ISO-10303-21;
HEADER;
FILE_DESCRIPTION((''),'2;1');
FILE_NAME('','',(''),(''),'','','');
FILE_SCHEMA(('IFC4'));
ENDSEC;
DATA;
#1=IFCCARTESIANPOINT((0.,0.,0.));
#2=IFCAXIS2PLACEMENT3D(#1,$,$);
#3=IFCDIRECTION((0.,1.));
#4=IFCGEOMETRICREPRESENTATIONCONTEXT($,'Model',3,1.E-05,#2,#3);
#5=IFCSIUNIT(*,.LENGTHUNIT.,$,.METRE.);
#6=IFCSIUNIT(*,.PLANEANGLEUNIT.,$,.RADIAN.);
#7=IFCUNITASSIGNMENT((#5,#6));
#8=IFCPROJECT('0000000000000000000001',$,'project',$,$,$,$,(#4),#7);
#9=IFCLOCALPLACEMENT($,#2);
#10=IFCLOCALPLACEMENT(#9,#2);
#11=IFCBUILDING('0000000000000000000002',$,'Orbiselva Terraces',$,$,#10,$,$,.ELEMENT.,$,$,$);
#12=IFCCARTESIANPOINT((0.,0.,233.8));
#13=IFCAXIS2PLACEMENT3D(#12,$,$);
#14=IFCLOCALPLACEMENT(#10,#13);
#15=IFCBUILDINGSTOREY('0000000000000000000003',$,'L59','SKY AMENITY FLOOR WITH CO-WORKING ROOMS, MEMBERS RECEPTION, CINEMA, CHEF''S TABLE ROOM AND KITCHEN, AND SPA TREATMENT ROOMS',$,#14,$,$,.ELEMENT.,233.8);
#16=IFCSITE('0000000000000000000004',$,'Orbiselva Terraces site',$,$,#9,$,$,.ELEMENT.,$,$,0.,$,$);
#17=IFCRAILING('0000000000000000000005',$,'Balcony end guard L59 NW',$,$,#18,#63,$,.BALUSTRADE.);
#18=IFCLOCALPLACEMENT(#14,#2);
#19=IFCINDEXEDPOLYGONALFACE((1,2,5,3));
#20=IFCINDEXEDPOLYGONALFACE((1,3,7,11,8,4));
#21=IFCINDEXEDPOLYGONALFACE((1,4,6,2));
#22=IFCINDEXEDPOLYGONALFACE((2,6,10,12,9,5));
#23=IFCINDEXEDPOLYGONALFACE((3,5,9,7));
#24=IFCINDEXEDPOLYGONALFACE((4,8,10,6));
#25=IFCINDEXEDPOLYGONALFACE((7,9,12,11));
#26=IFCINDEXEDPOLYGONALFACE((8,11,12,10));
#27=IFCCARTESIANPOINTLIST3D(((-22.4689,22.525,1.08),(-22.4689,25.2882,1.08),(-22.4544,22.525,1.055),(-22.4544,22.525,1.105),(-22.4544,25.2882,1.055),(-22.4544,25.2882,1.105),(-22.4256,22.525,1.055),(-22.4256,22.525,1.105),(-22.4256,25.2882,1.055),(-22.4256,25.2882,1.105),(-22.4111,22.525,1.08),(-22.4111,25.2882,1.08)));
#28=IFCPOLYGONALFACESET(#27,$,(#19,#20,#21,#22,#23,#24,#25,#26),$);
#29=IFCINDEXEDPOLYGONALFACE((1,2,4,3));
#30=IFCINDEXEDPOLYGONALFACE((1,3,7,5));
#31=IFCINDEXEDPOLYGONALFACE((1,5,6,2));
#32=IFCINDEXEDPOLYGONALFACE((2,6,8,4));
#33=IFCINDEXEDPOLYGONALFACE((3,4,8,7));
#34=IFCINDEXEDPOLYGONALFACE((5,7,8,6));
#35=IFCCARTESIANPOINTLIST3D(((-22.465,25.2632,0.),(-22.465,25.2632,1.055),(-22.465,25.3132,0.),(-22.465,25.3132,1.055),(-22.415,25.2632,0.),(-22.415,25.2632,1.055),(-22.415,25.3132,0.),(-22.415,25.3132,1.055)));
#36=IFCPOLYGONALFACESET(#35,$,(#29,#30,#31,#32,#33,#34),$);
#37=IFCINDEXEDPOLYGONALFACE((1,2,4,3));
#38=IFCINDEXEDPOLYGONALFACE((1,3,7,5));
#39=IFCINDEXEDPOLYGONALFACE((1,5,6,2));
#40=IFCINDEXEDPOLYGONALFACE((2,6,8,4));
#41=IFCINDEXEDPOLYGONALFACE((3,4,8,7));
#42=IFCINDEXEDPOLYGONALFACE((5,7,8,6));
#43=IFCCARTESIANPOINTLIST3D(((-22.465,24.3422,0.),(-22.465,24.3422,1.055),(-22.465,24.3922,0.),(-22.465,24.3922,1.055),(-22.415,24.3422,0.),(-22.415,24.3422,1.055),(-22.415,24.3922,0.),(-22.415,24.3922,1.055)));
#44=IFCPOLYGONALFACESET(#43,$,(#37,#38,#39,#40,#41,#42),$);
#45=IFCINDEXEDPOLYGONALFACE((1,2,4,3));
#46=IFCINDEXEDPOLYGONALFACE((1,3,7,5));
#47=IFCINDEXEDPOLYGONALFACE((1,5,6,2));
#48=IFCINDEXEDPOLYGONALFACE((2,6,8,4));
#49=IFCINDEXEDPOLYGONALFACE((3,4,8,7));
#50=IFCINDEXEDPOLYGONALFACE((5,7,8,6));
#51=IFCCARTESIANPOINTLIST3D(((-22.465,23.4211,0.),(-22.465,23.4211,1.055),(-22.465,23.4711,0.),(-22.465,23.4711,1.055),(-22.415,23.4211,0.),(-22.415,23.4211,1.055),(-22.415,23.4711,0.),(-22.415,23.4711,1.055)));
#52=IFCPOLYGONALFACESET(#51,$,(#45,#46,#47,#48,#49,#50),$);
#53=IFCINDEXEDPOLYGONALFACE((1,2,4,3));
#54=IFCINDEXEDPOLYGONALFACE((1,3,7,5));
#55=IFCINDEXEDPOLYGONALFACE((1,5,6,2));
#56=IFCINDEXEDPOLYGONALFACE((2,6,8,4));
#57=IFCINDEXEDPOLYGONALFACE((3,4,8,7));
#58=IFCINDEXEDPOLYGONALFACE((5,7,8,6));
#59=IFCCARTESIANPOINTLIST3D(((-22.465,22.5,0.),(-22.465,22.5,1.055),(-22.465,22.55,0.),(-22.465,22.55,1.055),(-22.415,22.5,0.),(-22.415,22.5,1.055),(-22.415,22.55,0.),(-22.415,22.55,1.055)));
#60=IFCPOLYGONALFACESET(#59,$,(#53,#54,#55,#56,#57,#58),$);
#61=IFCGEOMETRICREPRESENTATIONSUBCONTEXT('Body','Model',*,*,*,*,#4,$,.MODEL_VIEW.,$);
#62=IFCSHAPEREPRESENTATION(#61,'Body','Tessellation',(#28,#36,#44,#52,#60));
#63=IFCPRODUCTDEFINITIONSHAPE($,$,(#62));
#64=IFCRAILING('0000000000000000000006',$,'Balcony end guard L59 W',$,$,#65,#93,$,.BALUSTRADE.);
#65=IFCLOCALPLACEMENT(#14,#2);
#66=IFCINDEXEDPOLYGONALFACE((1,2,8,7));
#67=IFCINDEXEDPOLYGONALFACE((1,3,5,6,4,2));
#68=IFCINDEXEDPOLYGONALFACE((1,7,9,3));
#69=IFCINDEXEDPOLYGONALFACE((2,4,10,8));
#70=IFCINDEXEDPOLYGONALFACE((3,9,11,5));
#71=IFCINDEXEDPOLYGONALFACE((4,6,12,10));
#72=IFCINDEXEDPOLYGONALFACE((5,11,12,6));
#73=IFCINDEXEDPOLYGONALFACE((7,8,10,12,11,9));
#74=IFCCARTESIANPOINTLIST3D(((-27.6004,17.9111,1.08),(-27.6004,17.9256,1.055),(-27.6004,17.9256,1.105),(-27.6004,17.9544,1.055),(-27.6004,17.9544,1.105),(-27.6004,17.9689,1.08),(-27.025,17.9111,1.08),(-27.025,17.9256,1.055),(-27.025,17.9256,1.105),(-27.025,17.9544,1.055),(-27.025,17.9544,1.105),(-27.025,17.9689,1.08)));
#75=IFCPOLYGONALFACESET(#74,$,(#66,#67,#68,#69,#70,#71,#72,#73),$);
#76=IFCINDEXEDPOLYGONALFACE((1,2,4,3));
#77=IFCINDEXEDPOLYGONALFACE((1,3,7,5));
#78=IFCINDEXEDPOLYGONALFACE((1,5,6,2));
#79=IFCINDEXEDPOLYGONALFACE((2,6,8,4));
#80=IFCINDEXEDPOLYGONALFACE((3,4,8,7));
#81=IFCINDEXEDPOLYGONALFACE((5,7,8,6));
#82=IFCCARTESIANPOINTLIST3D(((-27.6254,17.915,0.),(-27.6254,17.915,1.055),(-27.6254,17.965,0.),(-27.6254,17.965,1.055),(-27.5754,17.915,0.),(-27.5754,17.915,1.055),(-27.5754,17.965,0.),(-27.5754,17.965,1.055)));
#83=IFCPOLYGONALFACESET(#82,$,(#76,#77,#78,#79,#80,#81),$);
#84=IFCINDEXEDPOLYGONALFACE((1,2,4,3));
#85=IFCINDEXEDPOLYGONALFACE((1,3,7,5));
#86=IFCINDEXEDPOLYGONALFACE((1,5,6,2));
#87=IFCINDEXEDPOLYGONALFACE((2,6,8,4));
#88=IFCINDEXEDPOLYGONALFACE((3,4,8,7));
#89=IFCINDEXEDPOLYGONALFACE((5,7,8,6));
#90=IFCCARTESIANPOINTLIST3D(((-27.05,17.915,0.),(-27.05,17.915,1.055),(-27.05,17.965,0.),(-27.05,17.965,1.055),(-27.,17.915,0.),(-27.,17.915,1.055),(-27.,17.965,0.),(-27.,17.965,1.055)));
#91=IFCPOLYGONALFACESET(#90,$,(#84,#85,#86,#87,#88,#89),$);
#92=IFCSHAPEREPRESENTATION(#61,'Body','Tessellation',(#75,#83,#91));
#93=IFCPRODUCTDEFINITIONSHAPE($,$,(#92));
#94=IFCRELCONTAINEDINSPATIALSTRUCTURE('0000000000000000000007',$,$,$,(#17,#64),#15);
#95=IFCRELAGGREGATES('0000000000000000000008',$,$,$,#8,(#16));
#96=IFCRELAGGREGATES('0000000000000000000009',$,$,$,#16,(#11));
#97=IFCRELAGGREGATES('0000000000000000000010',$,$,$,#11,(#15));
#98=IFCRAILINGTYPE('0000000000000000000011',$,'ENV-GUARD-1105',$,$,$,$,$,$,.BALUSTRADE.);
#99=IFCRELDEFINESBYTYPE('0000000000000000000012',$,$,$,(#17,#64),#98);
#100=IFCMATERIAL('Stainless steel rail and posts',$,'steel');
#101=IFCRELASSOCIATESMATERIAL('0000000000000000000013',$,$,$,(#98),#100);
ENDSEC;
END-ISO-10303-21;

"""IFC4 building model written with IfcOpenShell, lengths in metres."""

from ifc_helpers import new_model, si_unit, direction, frame, origin, origin_2d, place, context, subcontext, project, spatial, polyline, rectangle, outline, extrude, material, type_object, element, save


model = new_model("IFC4")

# Units and contexts
model_context = context("Model", 3, precision=1e-05, world=origin(), true_north=direction((0.0, 1.0)))
body_context = subcontext(model_context, "Body", "Model", "MODEL_VIEW")
ifc_project = project(units=[si_unit("LENGTHUNIT", "METRE"), si_unit("PLANEANGLEUNIT", "RADIAN")], contexts=[model_context])

# Site, building, storey
site_placement = place(None, origin())
site = spatial("IfcSite", under=ifc_project, at=site_placement, Name="Orbiselva Terraces site", CompositionType="ELEMENT", RefElevation=0.0)
building_placement = place(site_placement, origin())
building = spatial("IfcBuilding", under=site, at=building_placement, Name="Orbiselva Terraces", CompositionType="ELEMENT")
storey_placement = place(building_placement, frame((0.0, 0.0, 233.8)))
storey = spatial("IfcBuildingStorey", under=building, at=storey_placement, Name="L59", Description="SKY AMENITY FLOOR WITH CO-WORKING ROOMS, MEMBERS RECEPTION, CINEMA, CHEF'S TABLE ROOM AND KITCHEN, AND SPA TREATMENT ROOMS", CompositionType="ELEMENT", Elevation=233.8)

# Railings
ifc_material_1 = material(Name="Stainless steel rail and posts", Category="steel")
railing_type_1 = type_object("IfcRailingType", Name="ENV-GUARD-1105", PredefinedType="BALUSTRADE", material=ifc_material_1)
railing_1_placement = place(storey_placement, frame((-22.44, 25.2882, 0.0)))
element("IfcRailing", 1, at=railing_1_placement, inside=storey, type_object=railing_type_1, Name="Balcony end guard L59 NW", PredefinedType="BALUSTRADE", context=body_context, shape_type="SweptSolid", body=[
    extrude(outline(polyline([(0.0289, 0.0), (0.0144, 0.025), (-0.0144, 0.025), (-0.0289, 0.0), (-0.0144, -0.025), (0.0144, -0.025), (0.0289, 0.0)])), frame((0.0, 0.0, 1.08), z_axis=(0.0, -1.0, 0.0), x_axis=(1.0, 0.0, 0.0)), (0.0, 0.0, 1.0), 2.7632),
    extrude(rectangle(XDim=0.05, YDim=0.05, at=origin_2d()), origin(), (0.0, 0.0, 1.0), 1.055),
    extrude(rectangle(XDim=0.05, YDim=0.05, at=origin_2d()), frame((0.0, -0.9211, 0.0)), (0.0, 0.0, 1.0), 1.055),
    extrude(rectangle(XDim=0.05, YDim=0.05, at=origin_2d()), frame((0.0, -1.8422, 0.0)), (0.0, 0.0, 1.0), 1.055),
    extrude(rectangle(XDim=0.05, YDim=0.05, at=origin_2d()), frame((0.0, -2.7632, 0.0)), (0.0, 0.0, 1.0), 1.055),
])
railing_2_placement = place(storey_placement, frame((-27.6004, 17.94, 0.0)))
element("IfcRailing", 2, at=railing_2_placement, inside=storey, type_object=railing_type_1, Name="Balcony end guard L59 W", PredefinedType="BALUSTRADE", context=body_context, shape_type="SweptSolid", body=[
    extrude(outline(polyline([(0.0289, 0.0), (0.0144, 0.025), (-0.0144, 0.025), (-0.0289, 0.0), (-0.0144, -0.025), (0.0144, -0.025), (0.0289, 0.0)])), frame((0.0, 0.0, 1.08), z_axis=(1.0, 0.0, 0.0), x_axis=(0.0, 1.0, 0.0)), (0.0, 0.0, 1.0), 0.5754),
    extrude(rectangle(XDim=0.05, YDim=0.05, at=origin_2d()), origin(), (0.0, 0.0, 1.0), 1.055),
    extrude(rectangle(XDim=0.05, YDim=0.05, at=origin_2d()), frame((0.5754, 0.0, 0.0)), (0.0, 0.0, 1.0), 1.055),
])

save(model, "model.ifc")
